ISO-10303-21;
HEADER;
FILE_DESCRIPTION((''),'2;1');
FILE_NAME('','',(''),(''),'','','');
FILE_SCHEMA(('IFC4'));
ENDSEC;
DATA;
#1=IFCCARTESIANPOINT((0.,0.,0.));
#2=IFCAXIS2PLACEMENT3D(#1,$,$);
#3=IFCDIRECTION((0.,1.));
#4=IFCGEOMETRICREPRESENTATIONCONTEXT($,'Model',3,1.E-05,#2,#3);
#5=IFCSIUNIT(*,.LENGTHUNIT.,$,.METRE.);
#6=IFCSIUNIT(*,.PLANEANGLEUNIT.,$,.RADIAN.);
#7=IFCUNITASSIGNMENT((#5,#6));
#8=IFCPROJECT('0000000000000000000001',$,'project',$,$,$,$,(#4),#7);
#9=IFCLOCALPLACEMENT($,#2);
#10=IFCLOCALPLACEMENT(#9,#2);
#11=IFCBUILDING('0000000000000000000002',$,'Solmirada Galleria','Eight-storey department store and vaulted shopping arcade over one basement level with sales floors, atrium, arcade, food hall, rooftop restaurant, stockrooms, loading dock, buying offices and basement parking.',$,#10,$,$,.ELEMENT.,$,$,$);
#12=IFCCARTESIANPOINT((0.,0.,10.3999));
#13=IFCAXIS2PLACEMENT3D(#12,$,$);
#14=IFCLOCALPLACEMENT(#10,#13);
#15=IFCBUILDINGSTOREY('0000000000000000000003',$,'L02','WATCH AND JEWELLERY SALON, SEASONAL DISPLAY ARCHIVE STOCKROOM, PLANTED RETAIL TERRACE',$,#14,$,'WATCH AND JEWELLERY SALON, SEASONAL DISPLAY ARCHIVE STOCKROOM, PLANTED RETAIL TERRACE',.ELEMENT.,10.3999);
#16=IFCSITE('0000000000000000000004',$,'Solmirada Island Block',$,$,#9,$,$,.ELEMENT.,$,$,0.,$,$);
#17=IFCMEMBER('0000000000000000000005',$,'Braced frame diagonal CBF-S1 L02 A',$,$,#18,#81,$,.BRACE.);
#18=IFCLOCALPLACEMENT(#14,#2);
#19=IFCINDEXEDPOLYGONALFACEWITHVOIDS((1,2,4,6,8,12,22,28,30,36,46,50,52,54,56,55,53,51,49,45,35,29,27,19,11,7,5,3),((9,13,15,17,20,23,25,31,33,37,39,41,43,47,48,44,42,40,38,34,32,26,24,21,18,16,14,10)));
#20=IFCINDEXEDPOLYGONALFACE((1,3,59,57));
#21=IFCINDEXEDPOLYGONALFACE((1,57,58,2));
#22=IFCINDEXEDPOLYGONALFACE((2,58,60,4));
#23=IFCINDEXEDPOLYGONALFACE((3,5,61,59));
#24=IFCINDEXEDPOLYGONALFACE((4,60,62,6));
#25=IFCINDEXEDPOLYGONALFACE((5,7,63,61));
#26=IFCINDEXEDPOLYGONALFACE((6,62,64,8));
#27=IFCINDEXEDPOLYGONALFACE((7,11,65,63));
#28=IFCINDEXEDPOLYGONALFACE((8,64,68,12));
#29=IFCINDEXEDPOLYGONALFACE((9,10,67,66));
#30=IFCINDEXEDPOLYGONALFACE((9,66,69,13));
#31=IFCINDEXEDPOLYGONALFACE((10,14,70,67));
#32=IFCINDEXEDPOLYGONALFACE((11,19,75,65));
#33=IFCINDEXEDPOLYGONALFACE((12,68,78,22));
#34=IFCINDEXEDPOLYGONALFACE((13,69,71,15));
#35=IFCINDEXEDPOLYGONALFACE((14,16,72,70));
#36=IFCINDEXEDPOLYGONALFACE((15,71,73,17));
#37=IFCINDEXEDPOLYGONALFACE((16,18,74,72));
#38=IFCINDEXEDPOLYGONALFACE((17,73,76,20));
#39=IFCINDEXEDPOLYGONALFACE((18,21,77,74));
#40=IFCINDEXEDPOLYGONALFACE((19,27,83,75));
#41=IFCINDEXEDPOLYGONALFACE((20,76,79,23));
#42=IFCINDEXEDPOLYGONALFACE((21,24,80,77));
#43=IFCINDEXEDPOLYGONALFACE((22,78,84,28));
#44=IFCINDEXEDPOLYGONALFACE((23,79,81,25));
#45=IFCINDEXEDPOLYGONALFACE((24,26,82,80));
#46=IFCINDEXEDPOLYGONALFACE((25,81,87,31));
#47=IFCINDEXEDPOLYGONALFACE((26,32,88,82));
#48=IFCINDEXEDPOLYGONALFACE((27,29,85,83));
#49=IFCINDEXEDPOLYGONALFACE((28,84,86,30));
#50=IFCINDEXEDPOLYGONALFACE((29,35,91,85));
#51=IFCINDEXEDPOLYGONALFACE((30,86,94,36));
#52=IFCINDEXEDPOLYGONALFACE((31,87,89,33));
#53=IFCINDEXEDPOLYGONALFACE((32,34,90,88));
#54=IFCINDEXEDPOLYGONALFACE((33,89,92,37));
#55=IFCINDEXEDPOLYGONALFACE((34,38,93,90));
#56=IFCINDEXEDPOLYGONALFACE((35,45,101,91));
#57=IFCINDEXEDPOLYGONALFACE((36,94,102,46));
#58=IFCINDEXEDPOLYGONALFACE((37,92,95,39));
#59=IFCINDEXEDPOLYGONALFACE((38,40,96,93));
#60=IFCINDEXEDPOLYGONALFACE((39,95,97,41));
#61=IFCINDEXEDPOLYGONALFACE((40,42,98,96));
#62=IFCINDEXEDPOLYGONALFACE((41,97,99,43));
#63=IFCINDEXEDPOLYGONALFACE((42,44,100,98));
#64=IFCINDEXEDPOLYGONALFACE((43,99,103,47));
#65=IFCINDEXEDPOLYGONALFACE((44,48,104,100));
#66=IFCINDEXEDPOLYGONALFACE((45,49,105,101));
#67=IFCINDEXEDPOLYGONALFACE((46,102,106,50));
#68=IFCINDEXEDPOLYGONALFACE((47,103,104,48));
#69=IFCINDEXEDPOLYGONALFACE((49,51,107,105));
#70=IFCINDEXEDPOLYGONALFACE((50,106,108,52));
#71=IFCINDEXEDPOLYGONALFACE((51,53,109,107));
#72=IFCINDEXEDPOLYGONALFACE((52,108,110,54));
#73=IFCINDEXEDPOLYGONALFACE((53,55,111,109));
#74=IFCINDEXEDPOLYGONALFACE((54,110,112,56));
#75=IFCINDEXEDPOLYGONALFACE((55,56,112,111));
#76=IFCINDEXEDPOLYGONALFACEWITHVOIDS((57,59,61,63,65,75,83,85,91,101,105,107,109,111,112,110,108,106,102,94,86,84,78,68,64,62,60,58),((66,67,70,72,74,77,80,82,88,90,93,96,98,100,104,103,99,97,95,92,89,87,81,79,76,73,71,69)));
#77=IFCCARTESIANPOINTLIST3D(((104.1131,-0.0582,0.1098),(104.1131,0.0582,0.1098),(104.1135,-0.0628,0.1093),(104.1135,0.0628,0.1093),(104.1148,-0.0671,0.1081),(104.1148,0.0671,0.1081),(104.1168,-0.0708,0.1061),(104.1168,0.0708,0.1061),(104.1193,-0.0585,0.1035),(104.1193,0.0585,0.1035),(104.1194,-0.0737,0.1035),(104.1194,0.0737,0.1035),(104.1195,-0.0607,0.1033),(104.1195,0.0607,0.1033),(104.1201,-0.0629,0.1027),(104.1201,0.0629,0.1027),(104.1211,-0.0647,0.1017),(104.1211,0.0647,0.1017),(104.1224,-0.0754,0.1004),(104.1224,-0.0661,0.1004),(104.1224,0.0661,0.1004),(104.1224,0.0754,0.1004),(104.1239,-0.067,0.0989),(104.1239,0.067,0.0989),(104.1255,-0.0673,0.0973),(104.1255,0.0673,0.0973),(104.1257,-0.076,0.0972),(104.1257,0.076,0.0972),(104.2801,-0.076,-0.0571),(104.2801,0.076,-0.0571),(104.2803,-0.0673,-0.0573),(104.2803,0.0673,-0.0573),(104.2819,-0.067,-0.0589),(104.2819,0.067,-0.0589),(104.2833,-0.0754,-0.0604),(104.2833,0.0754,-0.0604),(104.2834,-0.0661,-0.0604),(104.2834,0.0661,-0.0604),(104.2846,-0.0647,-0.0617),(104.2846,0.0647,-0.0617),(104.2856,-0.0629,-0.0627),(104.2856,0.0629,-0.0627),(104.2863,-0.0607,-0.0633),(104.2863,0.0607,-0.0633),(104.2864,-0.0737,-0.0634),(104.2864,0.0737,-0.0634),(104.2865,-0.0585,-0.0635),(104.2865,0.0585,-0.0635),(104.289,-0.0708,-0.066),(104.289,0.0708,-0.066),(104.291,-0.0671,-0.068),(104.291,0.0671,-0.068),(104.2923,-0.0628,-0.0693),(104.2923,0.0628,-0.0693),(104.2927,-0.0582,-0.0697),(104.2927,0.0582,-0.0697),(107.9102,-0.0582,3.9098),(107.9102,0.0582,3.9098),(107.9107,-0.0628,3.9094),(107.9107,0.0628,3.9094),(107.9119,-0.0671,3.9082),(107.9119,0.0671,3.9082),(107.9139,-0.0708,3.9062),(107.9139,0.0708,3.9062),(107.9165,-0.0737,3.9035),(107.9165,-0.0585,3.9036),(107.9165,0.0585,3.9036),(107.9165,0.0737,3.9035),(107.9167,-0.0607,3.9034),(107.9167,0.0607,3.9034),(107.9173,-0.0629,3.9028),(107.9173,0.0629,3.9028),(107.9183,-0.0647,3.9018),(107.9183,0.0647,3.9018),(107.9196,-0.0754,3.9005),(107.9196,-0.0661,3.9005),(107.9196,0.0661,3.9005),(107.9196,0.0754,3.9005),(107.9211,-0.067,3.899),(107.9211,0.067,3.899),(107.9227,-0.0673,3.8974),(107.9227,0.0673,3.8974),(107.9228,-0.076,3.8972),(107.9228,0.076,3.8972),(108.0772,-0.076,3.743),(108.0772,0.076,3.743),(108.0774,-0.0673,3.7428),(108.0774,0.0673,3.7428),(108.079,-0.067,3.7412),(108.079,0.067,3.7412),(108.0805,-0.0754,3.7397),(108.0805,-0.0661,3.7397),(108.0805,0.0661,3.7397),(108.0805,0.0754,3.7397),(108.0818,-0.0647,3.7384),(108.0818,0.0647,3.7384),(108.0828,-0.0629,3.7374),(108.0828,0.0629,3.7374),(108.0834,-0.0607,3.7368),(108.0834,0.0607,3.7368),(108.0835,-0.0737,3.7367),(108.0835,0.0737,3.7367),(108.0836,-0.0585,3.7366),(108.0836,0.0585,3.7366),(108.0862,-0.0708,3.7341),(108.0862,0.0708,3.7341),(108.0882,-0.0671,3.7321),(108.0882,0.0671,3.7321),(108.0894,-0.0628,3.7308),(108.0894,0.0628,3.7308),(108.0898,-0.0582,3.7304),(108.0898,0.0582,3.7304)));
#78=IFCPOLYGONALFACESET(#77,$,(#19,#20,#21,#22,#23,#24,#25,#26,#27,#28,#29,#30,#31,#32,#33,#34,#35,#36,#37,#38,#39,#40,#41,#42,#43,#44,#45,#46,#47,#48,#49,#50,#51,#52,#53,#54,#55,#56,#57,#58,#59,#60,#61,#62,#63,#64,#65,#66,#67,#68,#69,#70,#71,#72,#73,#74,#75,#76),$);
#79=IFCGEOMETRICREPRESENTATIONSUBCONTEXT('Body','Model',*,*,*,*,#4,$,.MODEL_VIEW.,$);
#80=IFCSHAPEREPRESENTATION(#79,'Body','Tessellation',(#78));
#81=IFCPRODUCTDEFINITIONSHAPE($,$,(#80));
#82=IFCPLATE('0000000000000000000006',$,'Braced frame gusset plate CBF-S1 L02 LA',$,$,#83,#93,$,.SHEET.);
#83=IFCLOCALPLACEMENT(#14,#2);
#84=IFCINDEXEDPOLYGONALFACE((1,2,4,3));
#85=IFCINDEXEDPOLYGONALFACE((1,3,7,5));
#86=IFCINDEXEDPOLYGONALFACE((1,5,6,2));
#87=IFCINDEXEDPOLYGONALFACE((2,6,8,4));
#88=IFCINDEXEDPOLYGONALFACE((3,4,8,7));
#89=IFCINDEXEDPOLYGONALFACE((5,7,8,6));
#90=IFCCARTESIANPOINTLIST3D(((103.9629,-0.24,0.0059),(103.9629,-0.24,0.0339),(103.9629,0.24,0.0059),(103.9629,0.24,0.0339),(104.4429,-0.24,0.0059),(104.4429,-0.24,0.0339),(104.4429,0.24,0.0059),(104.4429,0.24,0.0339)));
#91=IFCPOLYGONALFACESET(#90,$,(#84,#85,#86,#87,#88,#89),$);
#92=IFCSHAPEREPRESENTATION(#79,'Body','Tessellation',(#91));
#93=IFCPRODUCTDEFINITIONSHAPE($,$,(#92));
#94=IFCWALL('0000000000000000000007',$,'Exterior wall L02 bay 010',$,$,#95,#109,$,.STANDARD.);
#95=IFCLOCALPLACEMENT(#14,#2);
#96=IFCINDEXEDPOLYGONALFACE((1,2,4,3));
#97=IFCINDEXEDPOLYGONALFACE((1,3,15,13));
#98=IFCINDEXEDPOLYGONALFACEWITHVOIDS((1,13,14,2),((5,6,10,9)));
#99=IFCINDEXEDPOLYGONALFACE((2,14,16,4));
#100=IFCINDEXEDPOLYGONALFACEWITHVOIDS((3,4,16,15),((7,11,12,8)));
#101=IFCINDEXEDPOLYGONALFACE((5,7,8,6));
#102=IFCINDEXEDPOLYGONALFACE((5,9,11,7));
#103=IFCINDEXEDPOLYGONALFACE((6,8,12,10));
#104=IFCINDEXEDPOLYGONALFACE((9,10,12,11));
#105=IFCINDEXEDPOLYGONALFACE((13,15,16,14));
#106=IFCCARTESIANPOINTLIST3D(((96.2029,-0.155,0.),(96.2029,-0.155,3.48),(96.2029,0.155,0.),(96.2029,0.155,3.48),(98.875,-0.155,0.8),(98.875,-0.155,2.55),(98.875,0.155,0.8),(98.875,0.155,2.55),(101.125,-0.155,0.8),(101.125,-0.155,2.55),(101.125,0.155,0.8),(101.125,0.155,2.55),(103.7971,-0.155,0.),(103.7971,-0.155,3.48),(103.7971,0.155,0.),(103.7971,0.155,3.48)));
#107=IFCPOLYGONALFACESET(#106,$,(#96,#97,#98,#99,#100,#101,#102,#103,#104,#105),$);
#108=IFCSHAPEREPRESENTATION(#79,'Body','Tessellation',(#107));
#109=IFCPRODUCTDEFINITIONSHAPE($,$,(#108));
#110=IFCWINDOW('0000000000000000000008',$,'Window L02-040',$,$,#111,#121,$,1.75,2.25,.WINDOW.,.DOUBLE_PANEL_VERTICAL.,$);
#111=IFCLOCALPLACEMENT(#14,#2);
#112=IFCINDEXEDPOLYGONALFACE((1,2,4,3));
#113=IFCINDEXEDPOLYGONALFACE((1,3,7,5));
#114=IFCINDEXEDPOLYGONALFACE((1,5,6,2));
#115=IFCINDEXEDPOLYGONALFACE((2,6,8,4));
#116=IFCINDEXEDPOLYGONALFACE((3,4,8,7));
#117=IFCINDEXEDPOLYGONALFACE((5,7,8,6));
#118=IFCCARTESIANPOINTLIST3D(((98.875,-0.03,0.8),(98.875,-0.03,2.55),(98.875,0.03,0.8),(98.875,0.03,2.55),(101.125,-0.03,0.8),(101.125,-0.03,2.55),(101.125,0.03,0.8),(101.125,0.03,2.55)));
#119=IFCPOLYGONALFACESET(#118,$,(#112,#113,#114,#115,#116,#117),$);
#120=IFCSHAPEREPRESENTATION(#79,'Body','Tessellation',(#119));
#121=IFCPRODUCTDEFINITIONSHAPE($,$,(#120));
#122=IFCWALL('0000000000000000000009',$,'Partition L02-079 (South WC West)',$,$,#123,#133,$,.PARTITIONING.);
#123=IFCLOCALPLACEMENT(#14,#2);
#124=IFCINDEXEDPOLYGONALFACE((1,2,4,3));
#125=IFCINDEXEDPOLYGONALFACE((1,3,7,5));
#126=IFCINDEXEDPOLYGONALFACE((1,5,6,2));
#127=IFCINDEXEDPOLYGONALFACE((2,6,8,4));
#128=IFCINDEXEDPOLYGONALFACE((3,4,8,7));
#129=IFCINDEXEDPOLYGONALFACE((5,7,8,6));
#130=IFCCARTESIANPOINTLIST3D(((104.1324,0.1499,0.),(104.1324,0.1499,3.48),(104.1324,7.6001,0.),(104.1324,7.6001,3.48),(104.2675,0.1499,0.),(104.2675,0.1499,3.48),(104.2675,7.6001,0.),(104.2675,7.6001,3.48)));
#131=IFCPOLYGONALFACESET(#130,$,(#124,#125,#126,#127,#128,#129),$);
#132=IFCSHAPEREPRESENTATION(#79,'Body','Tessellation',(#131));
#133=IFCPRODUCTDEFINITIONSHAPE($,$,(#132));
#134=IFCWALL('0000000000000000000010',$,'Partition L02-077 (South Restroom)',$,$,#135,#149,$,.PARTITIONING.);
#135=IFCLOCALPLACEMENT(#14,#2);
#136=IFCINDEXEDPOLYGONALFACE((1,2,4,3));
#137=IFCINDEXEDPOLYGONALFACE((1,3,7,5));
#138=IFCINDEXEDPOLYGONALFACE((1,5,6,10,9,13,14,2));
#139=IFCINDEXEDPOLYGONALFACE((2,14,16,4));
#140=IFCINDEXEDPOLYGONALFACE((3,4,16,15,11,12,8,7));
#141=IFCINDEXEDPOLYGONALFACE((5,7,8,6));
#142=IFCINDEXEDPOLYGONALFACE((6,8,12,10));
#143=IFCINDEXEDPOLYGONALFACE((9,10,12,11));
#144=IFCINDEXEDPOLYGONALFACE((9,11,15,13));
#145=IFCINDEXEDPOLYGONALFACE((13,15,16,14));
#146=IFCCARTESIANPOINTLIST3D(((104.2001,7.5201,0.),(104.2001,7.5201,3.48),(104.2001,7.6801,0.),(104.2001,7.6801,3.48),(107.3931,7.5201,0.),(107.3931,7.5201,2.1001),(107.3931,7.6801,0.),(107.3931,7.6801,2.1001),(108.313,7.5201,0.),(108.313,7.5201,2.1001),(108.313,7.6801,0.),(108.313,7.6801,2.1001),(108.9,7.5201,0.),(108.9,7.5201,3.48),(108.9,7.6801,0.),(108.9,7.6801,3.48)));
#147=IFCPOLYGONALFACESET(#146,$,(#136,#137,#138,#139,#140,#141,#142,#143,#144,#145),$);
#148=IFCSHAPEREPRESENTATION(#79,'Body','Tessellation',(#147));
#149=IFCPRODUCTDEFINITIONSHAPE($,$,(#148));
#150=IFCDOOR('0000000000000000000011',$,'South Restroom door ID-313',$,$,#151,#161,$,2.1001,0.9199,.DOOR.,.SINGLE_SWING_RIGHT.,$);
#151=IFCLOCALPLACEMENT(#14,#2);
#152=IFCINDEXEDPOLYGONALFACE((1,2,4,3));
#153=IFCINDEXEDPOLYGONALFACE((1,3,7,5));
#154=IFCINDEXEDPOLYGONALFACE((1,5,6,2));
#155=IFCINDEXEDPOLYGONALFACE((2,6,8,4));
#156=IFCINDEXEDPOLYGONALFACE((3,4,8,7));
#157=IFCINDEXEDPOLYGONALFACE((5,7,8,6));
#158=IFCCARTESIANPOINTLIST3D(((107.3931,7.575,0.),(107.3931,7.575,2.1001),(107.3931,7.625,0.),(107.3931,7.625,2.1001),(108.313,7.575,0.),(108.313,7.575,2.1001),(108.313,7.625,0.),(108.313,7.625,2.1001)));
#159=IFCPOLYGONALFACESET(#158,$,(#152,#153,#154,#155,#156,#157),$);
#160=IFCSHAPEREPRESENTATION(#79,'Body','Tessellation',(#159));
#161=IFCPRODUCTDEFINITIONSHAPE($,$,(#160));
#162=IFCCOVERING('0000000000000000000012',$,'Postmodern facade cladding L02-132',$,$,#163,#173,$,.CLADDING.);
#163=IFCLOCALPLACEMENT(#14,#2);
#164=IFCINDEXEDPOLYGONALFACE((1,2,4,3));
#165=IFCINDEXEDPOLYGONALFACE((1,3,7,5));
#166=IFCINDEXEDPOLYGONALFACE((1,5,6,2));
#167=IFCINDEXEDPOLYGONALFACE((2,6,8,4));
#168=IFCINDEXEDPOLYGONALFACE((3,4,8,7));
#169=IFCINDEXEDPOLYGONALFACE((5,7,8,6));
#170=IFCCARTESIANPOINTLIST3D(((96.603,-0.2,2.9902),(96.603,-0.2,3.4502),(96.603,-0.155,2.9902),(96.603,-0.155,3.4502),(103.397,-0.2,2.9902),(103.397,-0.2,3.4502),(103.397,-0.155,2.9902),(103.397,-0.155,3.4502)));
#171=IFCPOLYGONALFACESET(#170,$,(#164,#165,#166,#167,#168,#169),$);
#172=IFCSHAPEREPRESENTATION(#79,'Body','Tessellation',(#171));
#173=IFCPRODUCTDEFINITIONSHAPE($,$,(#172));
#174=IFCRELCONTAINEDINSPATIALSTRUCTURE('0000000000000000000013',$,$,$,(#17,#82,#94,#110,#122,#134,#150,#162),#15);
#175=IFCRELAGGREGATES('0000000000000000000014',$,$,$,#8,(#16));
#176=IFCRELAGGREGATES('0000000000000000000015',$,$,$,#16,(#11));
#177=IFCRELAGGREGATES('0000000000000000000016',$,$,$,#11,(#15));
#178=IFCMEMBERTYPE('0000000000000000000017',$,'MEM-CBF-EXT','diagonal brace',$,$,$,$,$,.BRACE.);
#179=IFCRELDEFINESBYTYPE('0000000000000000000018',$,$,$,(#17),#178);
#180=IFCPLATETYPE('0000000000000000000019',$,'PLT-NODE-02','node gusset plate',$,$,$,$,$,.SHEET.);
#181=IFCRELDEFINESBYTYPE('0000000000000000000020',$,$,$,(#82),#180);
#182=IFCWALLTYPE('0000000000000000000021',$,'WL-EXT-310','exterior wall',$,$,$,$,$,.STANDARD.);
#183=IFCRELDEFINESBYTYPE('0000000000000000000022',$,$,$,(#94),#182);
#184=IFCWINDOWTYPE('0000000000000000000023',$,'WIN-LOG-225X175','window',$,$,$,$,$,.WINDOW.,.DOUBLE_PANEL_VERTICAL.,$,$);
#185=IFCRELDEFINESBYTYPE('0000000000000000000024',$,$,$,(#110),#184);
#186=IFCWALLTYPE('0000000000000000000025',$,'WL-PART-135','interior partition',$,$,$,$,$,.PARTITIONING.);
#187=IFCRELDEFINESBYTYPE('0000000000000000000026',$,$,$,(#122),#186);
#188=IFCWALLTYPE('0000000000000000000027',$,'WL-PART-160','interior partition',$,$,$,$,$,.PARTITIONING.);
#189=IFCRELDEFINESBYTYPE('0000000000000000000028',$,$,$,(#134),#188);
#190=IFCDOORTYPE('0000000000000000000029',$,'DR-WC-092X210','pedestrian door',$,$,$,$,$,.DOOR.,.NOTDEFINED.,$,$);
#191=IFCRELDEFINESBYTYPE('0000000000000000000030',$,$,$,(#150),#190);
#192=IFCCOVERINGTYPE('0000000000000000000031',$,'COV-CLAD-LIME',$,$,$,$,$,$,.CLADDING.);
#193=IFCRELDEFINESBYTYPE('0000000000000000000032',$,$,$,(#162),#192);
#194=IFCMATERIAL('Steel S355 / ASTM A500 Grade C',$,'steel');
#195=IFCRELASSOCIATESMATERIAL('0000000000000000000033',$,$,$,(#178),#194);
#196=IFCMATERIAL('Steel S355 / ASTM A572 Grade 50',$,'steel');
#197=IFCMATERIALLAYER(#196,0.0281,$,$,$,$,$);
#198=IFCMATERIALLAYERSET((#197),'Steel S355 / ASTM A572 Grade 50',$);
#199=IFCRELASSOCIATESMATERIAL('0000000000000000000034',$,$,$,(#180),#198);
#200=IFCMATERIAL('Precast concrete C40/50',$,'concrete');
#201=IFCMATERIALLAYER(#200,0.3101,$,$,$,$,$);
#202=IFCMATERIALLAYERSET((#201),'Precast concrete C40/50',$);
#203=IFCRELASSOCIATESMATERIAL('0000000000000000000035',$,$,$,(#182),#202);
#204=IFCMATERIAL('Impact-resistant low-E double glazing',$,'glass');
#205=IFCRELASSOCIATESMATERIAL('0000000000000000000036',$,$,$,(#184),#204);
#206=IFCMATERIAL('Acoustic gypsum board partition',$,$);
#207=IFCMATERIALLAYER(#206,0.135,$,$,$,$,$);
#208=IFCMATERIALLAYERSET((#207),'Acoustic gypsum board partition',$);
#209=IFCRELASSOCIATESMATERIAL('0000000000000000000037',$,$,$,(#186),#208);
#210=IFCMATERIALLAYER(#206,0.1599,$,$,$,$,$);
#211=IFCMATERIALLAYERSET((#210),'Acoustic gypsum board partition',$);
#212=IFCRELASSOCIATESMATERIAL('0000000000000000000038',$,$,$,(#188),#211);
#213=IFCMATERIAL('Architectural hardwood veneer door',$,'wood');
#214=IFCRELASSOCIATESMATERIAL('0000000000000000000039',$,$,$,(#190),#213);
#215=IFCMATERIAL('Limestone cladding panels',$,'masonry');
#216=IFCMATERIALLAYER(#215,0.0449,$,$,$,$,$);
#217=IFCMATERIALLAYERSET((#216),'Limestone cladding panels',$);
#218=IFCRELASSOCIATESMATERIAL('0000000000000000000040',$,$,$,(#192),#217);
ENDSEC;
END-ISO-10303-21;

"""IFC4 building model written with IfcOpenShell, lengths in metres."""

from ifc_helpers import new_model, si_unit, direction, frame, frame_2d, origin, origin_2d, place, context, subcontext, project, spatial, rectangle, hollow_rectangle, extrude, material, layer, layer_set, material_profile, profile_set, type_object, element, fill, save


model = new_model("IFC4")

# Units and contexts
model_context = context("Model", 3, precision=1e-05, world=origin(), true_north=direction((0.0, 1.0)))
body_context = subcontext(model_context, "Body", "Model", "MODEL_VIEW")
ifc_project = project(units=[si_unit("LENGTHUNIT", "METRE"), si_unit("PLANEANGLEUNIT", "RADIAN")], contexts=[model_context])

# Site, building, storey
site_placement = place(None, origin())
site = spatial("IfcSite", under=ifc_project, at=site_placement, Name="Solmirada Island Block", CompositionType="ELEMENT", RefElevation=0.0)
building_placement = place(site_placement, origin())
building = spatial("IfcBuilding", under=site, at=building_placement, Name="Solmirada Galleria", Description="Eight-storey department store and vaulted shopping arcade over one basement level with sales floors, atrium, arcade, food hall, rooftop restaurant, stockrooms, loading dock, buying offices and basement parking.", CompositionType="ELEMENT")
storey_placement = place(building_placement, frame((0.0, 0.0, 10.3999)))
storey = spatial("IfcBuildingStorey", under=building, at=storey_placement, Name="L02", Description="WATCH AND JEWELLERY SALON, SEASONAL DISPLAY ARCHIVE STOCKROOM, PLANTED RETAIL TERRACE", LongName="WATCH AND JEWELLERY SALON, SEASONAL DISPLAY ARCHIVE STOCKROOM, PLANTED RETAIL TERRACE", CompositionType="ELEMENT", Elevation=10.3999)

# Shared definitions
ifc_material_1 = material(Name="Steel S355 / ASTM A500 Grade C", Category="steel")

# Member
ifc_material_profile_1 = material_profile(ifc_material_1, hollow_rectangle(XDim=0.1521, YDim=0.2539, WallThickness=0.0088, InnerFilletRadius=0.0088, OuterFilletRadius=0.0178, at=origin_2d()), Name="HSS10X6X3/8")
ifc_profile_set_1 = profile_set([ifc_material_profile_1], Name="Steel S355 / ASTM A500 Grade C")
member_type = type_object("IfcMemberType", Name="MEM-CBF-EXT", Description="diagonal brace", PredefinedType="BRACE", material=ifc_profile_set_1)
member_placement = place(storey_placement, frame((104.2029, 0.0, 0.02), z_axis=(0.706834, 0.0, 0.707379), x_axis=(0.0, 1.0, 0.0)))
element("IfcMember", 1, at=member_placement, inside=storey, type_object=member_type, Name="Braced frame diagonal CBF-S1 L02 A", PredefinedType="BRACE", context=body_context, shape_type="SweptSolid", body=[
    extrude(hollow_rectangle(XDim=0.1521, YDim=0.2539, WallThickness=0.0088, InnerFilletRadius=0.0088, OuterFilletRadius=0.0178, at=origin_2d()), origin(), (0.0, 0.0, 1.0), 5.3721),
])

# Plate
ifc_material_2 = material(Name="Steel S355 / ASTM A572 Grade 50", Category="steel")
ifc_layer_1 = layer(ifc_material_2, 0.0281)
ifc_layer_set_1 = layer_set([ifc_layer_1], Name="Steel S355 / ASTM A572 Grade 50")
plate_type = type_object("IfcPlateType", Name="PLT-NODE-02", Description="node gusset plate", PredefinedType="SHEET", material=ifc_layer_set_1)
plate_placement = place(storey_placement, frame((104.2029, 0.0, 0.0059), z_axis=(0.0, 0.0, 1.0), x_axis=(1.0, 0.0, 0.0)))
element("IfcPlate", 2, at=plate_placement, inside=storey, type_object=plate_type, Name="Braced frame gusset plate CBF-S1 L02 LA", PredefinedType="SHEET", context=body_context, shape_type="SweptSolid", body=[
    extrude(rectangle(XDim=0.48, YDim=0.48, at=origin_2d()), origin(), (0.0, 0.0, 1.0), 0.0281),
])

# Wall, opening, window
ifc_material_3 = material(Name="Precast concrete C40/50", Category="concrete")
ifc_layer_2 = layer(ifc_material_3, 0.3101)
ifc_layer_set_2 = layer_set([ifc_layer_2], Name="Precast concrete C40/50")
wall_type_1 = type_object("IfcWallType", Name="WL-EXT-310", Description="exterior wall", PredefinedType="STANDARD", material=ifc_layer_set_2)
wall_1_placement = place(storey_placement, frame((103.7971, 0.0, 0.0), z_axis=(0.0, 0.0, 1.0), x_axis=(-1.0, 0.0, 0.0)))
wall_1 = element("IfcWall", 3, at=wall_1_placement, inside=storey, type_object=wall_type_1, Name="Exterior wall L02 bay 010", PredefinedType="STANDARD", context=body_context, shape_type="SweptSolid", body=[
    extrude(rectangle(XDim=7.5942, YDim=0.3101, at=frame_2d((3.7971, 0.0))), origin(), (0.0, 0.0, 1.0), 3.48),
])
opening_1_placement = place(wall_1_placement, frame((2.6721, 0.0, 0.8)))
opening_1 = element("IfcOpeningElement", 4, at=opening_1_placement, cuts=wall_1, PredefinedType="OPENING", context=body_context, shape_type="SweptSolid", body=[
    extrude(rectangle(XDim=2.25, YDim=1.75, at=frame_2d((1.125, 0.875))), frame((0.0, 0.165, 0.0), z_axis=(0.0, -1.0, 0.0), x_axis=(1.0, 0.0, 0.0)), (0.0, 0.0, 1.0), 0.3301),
])
ifc_material_4 = material(Name="Impact-resistant low-E double glazing", Category="glass")
window_type = type_object("IfcWindowType", Name="WIN-LOG-225X175", Description="window", PartitioningType="DOUBLE_PANEL_VERTICAL", PredefinedType="WINDOW", material=ifc_material_4)
window_placement = place(opening_1_placement, origin())
window = element("IfcWindow", 5, at=window_placement, inside=storey, type_object=window_type, Name="Window L02-040", OverallHeight=1.75, OverallWidth=2.25, PartitioningType="DOUBLE_PANEL_VERTICAL", PredefinedType="WINDOW", context=body_context, shape_type="SweptSolid", body=[
    extrude(rectangle(XDim=2.25, YDim=1.75, at=frame_2d((1.125, 0.875))), frame((0.0, 0.03, 0.0), z_axis=(0.0, -1.0, 0.0), x_axis=(1.0, 0.0, 0.0)), (0.0, 0.0, 1.0), 0.0601),
])
fill(opening_1, window)

# Wall
ifc_material_5 = material(Name="Acoustic gypsum board partition")
ifc_layer_3 = layer(ifc_material_5, 0.135)
ifc_layer_set_3 = layer_set([ifc_layer_3], Name="Acoustic gypsum board partition")
wall_type_2 = type_object("IfcWallType", Name="WL-PART-135", Description="interior partition", PredefinedType="PARTITIONING", material=ifc_layer_set_3)
wall_2_placement = place(storey_placement, frame((104.2, 0.1499, 0.0), z_axis=(0.0, 0.0, 1.0), x_axis=(0.0, 1.0, 0.0)))
element("IfcWall", 6, at=wall_2_placement, inside=storey, type_object=wall_type_2, Name="Partition L02-079 (South WC West)", PredefinedType="PARTITIONING", context=body_context, shape_type="SweptSolid", body=[
    extrude(rectangle(XDim=7.4502, YDim=0.135, at=frame_2d((3.7251, 0.0))), origin(), (0.0, 0.0, 1.0), 3.48),
])

# Wall, opening, door
ifc_layer_4 = layer(ifc_material_5, 0.1599)
ifc_layer_set_4 = layer_set([ifc_layer_4], Name="Acoustic gypsum board partition")
wall_type_3 = type_object("IfcWallType", Name="WL-PART-160", Description="interior partition", PredefinedType="PARTITIONING", material=ifc_layer_set_4)
wall_3_placement = place(storey_placement, frame((104.2, 7.6001, 0.0), z_axis=(0.0, 0.0, 1.0), x_axis=(1.0, 0.0, 0.0)))
wall_3 = element("IfcWall", 7, at=wall_3_placement, inside=storey, type_object=wall_type_3, Name="Partition L02-077 (South Restroom)", PredefinedType="PARTITIONING", context=body_context, shape_type="SweptSolid", body=[
    extrude(rectangle(XDim=4.7, YDim=0.1599, at=frame_2d((2.3501, 0.0))), origin(), (0.0, 0.0, 1.0), 3.48),
])
opening_2_placement = place(wall_3_placement, frame((3.1931, 0.0, 0.0)))
opening_2 = element("IfcOpeningElement", 8, at=opening_2_placement, cuts=wall_3, PredefinedType="OPENING", context=body_context, shape_type="SweptSolid", body=[
    extrude(rectangle(XDim=0.9199, YDim=2.1001, at=frame_2d((0.46, 1.05))), frame((0.0, 0.0898, 0.0), z_axis=(0.0, -1.0, 0.0), x_axis=(1.0, 0.0, 0.0)), (0.0, 0.0, 1.0), 0.1799),
])
ifc_material_6 = material(Name="Architectural hardwood veneer door", Category="wood")
door_type_1 = type_object("IfcDoorType", Name="DR-WC-092X210", Description="pedestrian door", OperationType="NOTDEFINED", PredefinedType="DOOR", material=ifc_material_6)
door_1_placement = place(opening_2_placement, origin())
door_1 = element("IfcDoor", 9, at=door_1_placement, inside=storey, type_object=door_type_1, Name="South Restroom door ID-313", OperationType="SINGLE_SWING_RIGHT", OverallHeight=2.1001, OverallWidth=0.9199, PredefinedType="DOOR", context=body_context, shape_type="SweptSolid", body=[
    extrude(rectangle(XDim=0.9199, YDim=2.1001, at=frame_2d((0.46, 1.05))), frame((0.0, 0.0249, 0.0), z_axis=(0.0, -1.0, 0.0), x_axis=(1.0, 0.0, 0.0)), (0.0, 0.0, 1.0), 0.05),
])
fill(opening_2, door_1)

# Covering
ifc_material_7 = material(Name="Limestone cladding panels", Category="masonry")
ifc_layer_5 = layer(ifc_material_7, 0.0449)
ifc_layer_set_5 = layer_set([ifc_layer_5], Name="Limestone cladding panels")
covering_type = type_object("IfcCoveringType", Name="COV-CLAD-LIME", PredefinedType="CLADDING", material=ifc_layer_set_5)
covering_placement = place(storey_placement, frame((100.0, -0.1775, 2.9902), z_axis=(0.0, 0.0, 1.0), x_axis=(-1.0, 0.0, 0.0)))
element("IfcCovering", 10, at=covering_placement, inside=storey, type_object=covering_type, Name="Postmodern facade cladding L02-132", PredefinedType="CLADDING", context=body_context, shape_type="SweptSolid", body=[
    extrude(rectangle(XDim=6.7939, YDim=0.0449, at=origin_2d()), origin(), (0.0, 0.0, 1.0), 0.46),
])

save(model, "model.ifc")
